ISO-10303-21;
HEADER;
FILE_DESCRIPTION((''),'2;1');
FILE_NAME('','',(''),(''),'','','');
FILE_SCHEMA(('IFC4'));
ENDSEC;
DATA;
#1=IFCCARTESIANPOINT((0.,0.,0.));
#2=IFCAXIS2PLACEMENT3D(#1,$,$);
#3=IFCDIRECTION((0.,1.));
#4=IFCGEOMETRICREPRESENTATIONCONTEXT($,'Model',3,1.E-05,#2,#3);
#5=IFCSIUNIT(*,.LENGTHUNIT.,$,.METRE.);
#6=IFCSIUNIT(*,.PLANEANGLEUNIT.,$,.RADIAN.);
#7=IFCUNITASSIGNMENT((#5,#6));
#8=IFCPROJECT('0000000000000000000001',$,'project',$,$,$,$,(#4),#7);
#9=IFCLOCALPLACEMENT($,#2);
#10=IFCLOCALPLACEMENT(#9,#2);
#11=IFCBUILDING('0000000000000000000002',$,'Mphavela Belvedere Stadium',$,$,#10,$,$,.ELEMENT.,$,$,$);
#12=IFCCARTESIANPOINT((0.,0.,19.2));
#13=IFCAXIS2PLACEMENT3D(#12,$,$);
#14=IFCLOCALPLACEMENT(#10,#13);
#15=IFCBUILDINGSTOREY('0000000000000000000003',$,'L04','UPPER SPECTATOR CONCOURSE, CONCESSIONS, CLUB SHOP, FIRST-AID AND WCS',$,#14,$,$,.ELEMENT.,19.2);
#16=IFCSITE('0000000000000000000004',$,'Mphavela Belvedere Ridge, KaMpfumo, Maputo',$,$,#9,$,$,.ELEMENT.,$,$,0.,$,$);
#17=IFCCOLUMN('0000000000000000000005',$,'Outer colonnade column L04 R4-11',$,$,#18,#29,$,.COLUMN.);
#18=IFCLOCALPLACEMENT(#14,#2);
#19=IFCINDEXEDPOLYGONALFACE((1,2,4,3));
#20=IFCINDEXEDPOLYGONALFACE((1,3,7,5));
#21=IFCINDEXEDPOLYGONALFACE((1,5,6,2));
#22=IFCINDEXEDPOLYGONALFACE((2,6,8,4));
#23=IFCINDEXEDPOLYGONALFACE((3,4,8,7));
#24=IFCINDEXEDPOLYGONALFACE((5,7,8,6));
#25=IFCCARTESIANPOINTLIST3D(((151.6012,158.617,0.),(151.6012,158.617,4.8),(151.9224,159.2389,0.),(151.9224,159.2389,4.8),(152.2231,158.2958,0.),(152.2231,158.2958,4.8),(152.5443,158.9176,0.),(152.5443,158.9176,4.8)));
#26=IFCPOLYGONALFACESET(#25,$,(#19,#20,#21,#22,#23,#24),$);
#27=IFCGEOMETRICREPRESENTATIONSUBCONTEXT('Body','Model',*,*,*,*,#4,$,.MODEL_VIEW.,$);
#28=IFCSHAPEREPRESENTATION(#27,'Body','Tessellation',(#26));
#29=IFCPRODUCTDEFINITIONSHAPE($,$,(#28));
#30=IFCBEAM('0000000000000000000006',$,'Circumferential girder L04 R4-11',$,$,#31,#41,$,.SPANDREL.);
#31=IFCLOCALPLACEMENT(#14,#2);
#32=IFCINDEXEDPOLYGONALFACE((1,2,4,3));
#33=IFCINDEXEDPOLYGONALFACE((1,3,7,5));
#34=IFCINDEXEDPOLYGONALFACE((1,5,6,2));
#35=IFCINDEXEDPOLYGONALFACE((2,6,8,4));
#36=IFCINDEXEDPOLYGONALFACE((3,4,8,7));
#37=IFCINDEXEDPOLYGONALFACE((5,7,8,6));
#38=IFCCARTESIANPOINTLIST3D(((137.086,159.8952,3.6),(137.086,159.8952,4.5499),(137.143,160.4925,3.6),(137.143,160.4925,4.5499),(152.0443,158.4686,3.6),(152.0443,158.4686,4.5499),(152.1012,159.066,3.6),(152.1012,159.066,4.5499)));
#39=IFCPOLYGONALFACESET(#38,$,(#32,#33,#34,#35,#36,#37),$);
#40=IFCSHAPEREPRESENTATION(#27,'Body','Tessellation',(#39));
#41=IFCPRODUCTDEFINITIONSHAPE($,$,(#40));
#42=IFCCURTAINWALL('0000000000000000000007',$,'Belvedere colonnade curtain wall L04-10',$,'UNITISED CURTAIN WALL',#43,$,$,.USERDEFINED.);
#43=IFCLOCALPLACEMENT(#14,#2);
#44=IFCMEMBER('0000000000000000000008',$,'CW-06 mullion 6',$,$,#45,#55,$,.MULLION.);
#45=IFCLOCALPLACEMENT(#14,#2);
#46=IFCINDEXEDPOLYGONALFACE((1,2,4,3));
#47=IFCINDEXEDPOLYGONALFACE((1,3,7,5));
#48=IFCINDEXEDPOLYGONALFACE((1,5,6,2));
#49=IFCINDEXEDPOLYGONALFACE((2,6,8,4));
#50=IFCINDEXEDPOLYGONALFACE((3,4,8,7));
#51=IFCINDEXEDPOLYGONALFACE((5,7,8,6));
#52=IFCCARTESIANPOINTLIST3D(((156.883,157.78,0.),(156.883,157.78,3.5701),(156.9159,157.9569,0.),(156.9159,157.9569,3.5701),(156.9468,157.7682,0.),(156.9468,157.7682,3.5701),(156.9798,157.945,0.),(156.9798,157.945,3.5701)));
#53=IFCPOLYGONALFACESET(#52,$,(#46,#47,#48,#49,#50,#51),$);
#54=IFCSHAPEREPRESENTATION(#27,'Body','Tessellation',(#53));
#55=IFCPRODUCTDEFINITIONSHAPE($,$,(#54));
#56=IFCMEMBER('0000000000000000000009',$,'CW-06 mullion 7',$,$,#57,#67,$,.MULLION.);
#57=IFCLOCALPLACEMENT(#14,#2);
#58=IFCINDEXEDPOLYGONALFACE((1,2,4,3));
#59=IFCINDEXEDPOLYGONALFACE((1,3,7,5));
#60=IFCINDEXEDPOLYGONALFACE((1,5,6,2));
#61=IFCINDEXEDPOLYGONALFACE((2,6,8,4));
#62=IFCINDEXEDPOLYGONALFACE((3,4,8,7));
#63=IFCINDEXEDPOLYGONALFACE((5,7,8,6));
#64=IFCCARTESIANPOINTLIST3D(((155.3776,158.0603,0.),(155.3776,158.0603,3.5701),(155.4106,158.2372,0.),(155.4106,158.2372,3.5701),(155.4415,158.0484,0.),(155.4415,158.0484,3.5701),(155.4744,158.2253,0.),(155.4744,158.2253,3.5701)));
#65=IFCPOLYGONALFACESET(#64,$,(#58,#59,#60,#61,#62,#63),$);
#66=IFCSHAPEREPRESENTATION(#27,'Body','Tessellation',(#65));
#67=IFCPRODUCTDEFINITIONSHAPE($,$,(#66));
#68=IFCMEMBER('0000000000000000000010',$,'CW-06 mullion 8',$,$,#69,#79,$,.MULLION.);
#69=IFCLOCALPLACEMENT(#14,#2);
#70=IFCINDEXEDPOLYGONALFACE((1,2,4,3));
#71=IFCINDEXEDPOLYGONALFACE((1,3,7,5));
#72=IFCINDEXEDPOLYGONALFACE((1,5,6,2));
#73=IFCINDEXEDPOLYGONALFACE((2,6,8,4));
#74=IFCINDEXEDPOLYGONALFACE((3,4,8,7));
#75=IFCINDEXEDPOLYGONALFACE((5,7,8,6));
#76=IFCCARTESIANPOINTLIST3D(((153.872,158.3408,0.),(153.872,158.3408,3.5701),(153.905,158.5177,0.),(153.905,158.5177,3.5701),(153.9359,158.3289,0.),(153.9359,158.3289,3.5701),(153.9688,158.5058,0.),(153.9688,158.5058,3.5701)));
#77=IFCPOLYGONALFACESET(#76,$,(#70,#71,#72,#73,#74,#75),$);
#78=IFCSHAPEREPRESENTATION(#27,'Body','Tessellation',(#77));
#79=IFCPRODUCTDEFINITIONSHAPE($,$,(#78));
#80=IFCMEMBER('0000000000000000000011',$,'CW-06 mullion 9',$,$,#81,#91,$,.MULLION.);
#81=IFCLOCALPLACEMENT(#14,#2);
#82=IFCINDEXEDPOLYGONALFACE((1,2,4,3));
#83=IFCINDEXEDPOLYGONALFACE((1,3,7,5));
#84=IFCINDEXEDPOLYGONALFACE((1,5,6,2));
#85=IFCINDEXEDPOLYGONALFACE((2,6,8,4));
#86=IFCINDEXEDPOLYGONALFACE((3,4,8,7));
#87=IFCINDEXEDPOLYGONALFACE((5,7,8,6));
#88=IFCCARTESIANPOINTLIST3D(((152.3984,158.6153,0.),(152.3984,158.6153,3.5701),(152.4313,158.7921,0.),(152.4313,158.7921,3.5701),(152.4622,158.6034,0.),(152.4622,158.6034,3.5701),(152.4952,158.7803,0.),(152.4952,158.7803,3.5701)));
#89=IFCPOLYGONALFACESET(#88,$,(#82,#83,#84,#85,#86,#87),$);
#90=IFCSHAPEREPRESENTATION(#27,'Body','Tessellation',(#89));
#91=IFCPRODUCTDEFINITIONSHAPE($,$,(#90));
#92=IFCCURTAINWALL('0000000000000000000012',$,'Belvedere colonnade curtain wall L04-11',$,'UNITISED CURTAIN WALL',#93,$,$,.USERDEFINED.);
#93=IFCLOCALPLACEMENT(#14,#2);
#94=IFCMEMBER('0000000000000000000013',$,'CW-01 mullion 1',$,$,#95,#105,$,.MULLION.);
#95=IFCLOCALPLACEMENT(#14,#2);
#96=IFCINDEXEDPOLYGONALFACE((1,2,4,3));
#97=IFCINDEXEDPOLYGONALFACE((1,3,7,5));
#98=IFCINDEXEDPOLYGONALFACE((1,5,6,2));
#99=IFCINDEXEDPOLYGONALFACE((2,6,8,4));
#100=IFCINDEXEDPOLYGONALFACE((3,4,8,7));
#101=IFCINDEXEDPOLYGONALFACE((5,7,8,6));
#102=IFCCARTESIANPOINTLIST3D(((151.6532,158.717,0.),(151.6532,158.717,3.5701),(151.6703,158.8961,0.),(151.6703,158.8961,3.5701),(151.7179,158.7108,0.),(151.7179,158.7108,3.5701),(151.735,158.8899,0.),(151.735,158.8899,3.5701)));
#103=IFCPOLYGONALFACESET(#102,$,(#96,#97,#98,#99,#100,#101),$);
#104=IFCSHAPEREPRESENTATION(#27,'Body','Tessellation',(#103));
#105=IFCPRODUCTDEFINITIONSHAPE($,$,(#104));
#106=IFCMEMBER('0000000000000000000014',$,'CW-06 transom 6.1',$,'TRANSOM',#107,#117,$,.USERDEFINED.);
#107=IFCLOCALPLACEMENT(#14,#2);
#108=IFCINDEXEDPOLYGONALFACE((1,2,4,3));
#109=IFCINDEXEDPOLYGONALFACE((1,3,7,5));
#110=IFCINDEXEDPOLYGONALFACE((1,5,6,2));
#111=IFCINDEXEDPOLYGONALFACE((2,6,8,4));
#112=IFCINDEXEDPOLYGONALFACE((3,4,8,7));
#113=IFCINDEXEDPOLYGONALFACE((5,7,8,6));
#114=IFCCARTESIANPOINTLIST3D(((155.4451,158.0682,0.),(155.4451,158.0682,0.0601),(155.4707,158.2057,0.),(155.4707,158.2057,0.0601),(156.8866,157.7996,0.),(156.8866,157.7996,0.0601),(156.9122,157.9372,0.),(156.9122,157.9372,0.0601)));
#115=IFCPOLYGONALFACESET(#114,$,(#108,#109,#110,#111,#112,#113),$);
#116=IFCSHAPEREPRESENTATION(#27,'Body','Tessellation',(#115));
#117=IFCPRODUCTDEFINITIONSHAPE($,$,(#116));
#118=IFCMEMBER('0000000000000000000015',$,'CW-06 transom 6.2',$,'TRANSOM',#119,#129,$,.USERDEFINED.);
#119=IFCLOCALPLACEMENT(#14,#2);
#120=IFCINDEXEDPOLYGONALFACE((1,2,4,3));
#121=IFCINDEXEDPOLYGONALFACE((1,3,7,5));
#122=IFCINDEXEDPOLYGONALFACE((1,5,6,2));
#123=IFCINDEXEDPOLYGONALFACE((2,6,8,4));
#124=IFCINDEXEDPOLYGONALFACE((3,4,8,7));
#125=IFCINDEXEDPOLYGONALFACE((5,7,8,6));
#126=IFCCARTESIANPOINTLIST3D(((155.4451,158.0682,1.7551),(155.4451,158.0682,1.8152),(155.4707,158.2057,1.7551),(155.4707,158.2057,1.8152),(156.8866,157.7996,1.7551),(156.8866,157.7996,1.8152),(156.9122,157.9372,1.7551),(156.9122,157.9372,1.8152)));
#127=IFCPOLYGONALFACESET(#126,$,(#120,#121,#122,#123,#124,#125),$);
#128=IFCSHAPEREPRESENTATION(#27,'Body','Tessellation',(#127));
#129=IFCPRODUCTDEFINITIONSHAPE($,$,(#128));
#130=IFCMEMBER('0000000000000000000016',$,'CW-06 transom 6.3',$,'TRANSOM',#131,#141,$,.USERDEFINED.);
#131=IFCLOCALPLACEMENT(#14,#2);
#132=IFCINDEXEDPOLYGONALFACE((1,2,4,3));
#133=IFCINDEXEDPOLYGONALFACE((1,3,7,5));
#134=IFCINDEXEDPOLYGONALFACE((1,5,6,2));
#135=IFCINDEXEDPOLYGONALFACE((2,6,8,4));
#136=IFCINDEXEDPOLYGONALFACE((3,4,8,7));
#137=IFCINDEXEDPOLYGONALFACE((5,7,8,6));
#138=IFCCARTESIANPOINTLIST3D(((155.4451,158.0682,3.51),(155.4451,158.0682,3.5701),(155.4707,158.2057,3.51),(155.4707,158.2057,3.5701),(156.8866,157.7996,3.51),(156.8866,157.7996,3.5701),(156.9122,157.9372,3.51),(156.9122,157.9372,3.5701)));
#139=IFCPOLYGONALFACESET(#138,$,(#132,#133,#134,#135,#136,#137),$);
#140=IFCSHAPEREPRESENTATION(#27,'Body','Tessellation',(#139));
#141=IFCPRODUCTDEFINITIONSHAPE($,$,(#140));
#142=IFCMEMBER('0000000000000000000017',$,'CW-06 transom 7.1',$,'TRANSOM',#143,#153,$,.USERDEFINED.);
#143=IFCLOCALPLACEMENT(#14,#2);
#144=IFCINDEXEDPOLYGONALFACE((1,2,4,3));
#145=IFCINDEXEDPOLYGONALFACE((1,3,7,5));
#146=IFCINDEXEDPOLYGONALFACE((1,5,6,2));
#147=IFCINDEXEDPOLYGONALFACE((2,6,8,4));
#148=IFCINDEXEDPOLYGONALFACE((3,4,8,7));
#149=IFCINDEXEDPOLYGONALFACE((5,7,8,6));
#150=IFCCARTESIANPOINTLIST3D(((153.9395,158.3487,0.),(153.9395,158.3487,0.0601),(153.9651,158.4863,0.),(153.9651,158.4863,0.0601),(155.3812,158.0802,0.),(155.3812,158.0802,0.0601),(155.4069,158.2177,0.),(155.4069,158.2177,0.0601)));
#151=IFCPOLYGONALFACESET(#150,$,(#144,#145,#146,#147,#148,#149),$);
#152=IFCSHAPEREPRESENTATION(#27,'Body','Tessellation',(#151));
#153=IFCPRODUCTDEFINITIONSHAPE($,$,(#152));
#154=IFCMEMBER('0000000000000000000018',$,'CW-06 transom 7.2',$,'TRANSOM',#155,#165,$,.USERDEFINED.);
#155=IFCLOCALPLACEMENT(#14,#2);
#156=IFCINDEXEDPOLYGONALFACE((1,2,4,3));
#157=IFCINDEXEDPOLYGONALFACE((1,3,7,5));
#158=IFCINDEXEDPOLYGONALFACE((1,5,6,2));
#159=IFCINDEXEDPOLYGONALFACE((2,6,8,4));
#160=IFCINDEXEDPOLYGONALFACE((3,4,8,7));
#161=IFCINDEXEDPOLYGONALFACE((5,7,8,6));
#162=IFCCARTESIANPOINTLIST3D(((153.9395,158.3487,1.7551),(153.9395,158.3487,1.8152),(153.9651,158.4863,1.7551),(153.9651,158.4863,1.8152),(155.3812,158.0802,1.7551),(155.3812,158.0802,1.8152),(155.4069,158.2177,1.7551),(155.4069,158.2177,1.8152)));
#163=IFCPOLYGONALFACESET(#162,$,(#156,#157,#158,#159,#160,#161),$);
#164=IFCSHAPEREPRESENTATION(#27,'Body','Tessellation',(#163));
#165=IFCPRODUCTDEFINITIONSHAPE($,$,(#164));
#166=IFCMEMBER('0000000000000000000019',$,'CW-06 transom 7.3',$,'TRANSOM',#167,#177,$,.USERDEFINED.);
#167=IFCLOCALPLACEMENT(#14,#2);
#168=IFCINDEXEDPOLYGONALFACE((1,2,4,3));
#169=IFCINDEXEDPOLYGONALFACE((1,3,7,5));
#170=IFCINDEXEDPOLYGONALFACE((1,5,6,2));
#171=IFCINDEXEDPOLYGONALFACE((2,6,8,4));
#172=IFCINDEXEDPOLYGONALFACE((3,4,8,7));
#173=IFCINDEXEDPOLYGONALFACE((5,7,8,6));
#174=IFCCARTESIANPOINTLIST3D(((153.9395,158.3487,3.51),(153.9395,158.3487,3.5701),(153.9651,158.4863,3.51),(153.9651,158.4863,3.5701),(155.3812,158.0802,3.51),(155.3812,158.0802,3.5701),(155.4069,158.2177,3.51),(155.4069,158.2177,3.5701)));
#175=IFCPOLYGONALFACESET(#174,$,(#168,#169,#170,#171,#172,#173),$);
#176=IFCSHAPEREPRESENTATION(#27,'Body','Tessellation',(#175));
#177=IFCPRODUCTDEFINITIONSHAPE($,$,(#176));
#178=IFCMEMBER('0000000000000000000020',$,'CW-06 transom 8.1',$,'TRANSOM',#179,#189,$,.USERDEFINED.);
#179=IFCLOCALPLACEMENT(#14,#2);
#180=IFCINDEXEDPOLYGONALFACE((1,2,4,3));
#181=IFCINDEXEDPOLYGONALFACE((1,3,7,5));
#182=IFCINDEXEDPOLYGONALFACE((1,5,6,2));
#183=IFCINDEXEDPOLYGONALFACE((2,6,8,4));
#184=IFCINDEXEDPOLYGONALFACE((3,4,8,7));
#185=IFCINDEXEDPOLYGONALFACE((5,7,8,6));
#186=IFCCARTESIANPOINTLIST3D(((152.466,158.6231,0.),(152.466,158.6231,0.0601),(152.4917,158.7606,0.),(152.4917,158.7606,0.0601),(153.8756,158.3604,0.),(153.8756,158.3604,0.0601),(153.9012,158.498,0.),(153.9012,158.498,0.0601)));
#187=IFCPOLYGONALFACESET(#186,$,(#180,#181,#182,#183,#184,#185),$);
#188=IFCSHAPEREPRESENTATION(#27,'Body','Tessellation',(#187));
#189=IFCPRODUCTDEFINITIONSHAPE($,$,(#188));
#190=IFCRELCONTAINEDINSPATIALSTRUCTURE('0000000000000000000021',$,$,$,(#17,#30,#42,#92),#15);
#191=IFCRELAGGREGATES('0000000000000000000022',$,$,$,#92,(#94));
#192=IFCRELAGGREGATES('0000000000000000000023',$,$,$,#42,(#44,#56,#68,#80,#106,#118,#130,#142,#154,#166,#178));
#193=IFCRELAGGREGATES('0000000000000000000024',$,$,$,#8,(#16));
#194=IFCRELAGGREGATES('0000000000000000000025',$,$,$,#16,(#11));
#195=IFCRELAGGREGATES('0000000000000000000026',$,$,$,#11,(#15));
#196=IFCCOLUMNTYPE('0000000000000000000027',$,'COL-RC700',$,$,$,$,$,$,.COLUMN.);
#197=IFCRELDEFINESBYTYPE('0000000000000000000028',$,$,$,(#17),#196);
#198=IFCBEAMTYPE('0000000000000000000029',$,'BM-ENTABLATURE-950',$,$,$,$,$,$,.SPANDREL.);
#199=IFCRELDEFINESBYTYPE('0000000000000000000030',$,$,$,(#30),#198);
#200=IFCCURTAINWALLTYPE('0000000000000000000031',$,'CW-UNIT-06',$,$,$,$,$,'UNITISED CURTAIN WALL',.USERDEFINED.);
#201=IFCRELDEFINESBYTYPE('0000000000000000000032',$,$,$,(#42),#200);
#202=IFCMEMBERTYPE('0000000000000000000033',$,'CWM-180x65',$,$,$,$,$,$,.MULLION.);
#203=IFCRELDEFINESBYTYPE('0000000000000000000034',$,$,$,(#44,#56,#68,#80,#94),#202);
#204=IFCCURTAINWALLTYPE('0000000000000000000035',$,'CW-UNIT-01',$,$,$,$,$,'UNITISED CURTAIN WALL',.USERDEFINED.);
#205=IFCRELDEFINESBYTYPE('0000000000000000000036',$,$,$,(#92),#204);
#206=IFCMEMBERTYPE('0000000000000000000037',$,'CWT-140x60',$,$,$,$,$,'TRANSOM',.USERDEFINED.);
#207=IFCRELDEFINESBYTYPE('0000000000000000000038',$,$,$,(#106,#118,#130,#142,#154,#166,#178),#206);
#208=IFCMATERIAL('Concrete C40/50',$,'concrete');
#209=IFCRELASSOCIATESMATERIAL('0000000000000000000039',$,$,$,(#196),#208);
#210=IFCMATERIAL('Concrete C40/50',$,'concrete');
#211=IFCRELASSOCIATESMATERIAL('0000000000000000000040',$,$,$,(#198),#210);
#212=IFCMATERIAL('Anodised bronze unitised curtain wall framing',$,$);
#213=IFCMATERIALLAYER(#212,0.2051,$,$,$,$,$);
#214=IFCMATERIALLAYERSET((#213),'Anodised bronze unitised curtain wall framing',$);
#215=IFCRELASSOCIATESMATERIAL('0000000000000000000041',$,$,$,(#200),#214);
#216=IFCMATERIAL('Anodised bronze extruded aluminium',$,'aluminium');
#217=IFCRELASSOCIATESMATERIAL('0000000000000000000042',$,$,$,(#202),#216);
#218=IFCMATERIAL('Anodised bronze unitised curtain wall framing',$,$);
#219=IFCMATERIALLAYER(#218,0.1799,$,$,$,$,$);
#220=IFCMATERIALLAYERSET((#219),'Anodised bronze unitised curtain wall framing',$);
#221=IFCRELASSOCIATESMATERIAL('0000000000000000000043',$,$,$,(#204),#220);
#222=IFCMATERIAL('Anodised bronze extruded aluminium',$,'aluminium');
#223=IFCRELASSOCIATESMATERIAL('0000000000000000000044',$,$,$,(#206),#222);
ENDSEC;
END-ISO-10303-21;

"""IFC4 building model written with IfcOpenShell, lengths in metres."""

from ifc_helpers import new_model, si_unit, direction, frame, origin, origin_2d, place, context, subcontext, project, spatial, rectangle, extrude, material, layer, layer_set, material_profile, profile_set, type_object, element, aggregate, save


model = new_model("IFC4")

# Units and contexts
model_context = context("Model", 3, precision=1e-05, world=origin(), true_north=direction((0.0, 1.0)))
body_context = subcontext(model_context, "Body", "Model", "MODEL_VIEW")
ifc_project = project(units=[si_unit("LENGTHUNIT", "METRE"), si_unit("PLANEANGLEUNIT", "RADIAN")], contexts=[model_context])

# Site, building, storey
site_placement = place(None, origin())
site = spatial("IfcSite", under=ifc_project, at=site_placement, Name="Mphavela Belvedere Ridge, KaMpfumo, Maputo", CompositionType="ELEMENT", RefElevation=0.0)
building_placement = place(site_placement, origin())
building = spatial("IfcBuilding", under=site, at=building_placement, Name="Mphavela Belvedere Stadium", CompositionType="ELEMENT")
storey_placement = place(building_placement, frame((0.0, 0.0, 19.2)))
storey = spatial("IfcBuildingStorey", under=building, at=storey_placement, Name="L04", Description="UPPER SPECTATOR CONCOURSE, CONCESSIONS, CLUB SHOP, FIRST-AID AND WCS", CompositionType="ELEMENT", Elevation=19.2)

# Column
ifc_material_1 = material(Name="Concrete C40/50", Category="concrete")
ifc_material_profile_1 = material_profile(ifc_material_1, rectangle(XDim=0.7, YDim=0.7, at=origin_2d()), Name="RC 700x700")
ifc_profile_set_1 = profile_set([ifc_material_profile_1], Name="Concrete C40/50")
column_type = type_object("IfcColumnType", Name="COL-RC700", PredefinedType="COLUMN", material=ifc_profile_set_1)
column_placement = place(storey_placement, frame((152.0728, 158.7673, 0.0), z_axis=(0.0, 0.0, 1.0), x_axis=(0.45896, 0.888457, 0.0)))
element("IfcColumn", 1, at=column_placement, inside=storey, type_object=column_type, Name="Outer colonnade column L04 R4-11", PredefinedType="COLUMN", context=body_context, shape_type="SweptSolid", body=[
    extrude(rectangle(XDim=0.7, YDim=0.7, at=origin_2d()), origin(), (0.0, 0.0, 1.0), 4.8),
])

# Beam
ifc_material_2 = material(Name="Concrete C40/50", Category="concrete")
ifc_material_profile_2 = material_profile(ifc_material_2, rectangle(XDim=0.6001, YDim=0.95, at=origin_2d()), Name="RC 600x950")
ifc_profile_set_2 = profile_set([ifc_material_profile_2], Name="Concrete C40/50")
beam_type = type_object("IfcBeamType", Name="BM-ENTABLATURE-950", PredefinedType="SPANDREL", material=ifc_profile_set_2)
beam_placement = place(storey_placement, frame((152.0728, 158.7673, 4.075), z_axis=(-0.995483, 0.094936, 0.0), x_axis=(-0.094936, -0.995483, 0.0)))
element("IfcBeam", 2, at=beam_placement, inside=storey, type_object=beam_type, Name="Circumferential girder L04 R4-11", PredefinedType="SPANDREL", context=body_context, shape_type="SweptSolid", body=[
    extrude(rectangle(XDim=0.6001, YDim=0.95, at=origin_2d()), origin(), (0.0, 0.0, 1.0), 15.0261),
])

# Curtain wall, members
ifc_material_3 = material(Name="Anodised bronze unitised curtain wall framing")
ifc_layer_1 = layer(ifc_material_3, 0.2051)
ifc_layer_set_1 = layer_set([ifc_layer_1], Name="Anodised bronze unitised curtain wall framing")
curtain_wall_type_1 = type_object("IfcCurtainWallType", Name="CW-UNIT-06", ElementType="UNITISED CURTAIN WALL", PredefinedType="USERDEFINED", material=ifc_layer_set_1)
curtain_wall_1_placement = place(storey_placement, origin())
curtain_wall_1 = element("IfcCurtainWall", 3, at=curtain_wall_1_placement, inside=storey, type_object=curtain_wall_type_1, Name="Belvedere colonnade curtain wall L04-10", ObjectType="UNITISED CURTAIN WALL", PredefinedType="USERDEFINED")
ifc_material_4 = material(Name="Anodised bronze extruded aluminium", Category="aluminium")
ifc_material_profile_3 = material_profile(ifc_material_4, rectangle(XDim=0.1799, YDim=0.0649, at=origin_2d()), Name="CW-MUL 180x65")
ifc_profile_set_3 = profile_set([ifc_material_profile_3], Name="Anodised bronze extruded aluminium")
member_type_1 = type_object("IfcMemberType", Name="CWM-180x65", PredefinedType="MULLION", material=ifc_profile_set_3)
member_1_placement = place(storey_placement, frame((156.9314, 157.8625, 0.0), z_axis=(0.0, 0.0, 1.0), x_axis=(-0.183091, -0.983096, 0.0)))
member_1 = element("IfcMember", 4, at=member_1_placement, type_object=member_type_1, Name="CW-06 mullion 6", PredefinedType="MULLION", context=body_context, shape_type="SweptSolid", body=[
    extrude(rectangle(XDim=0.1799, YDim=0.0649, at=origin_2d()), origin(), (0.0, 0.0, 1.0), 3.5701),
])
member_2_placement = place(storey_placement, frame((155.426, 158.1428, 0.0), z_axis=(0.0, 0.0, 1.0), x_axis=(-0.183091, -0.983096, 0.0)))
member_2 = element("IfcMember", 5, at=member_2_placement, type_object=member_type_1, Name="CW-06 mullion 7", PredefinedType="MULLION", context=body_context, shape_type="SweptSolid", body=[
    extrude(rectangle(XDim=0.1799, YDim=0.0649, at=origin_2d()), origin(), (0.0, 0.0, 1.0), 3.5701),
])
member_3_placement = place(storey_placement, frame((153.9204, 158.4233, 0.0), z_axis=(0.0, 0.0, 1.0), x_axis=(-0.183091, -0.983096, 0.0)))
member_3 = element("IfcMember", 6, at=member_3_placement, type_object=member_type_1, Name="CW-06 mullion 8", PredefinedType="MULLION", context=body_context, shape_type="SweptSolid", body=[
    extrude(rectangle(XDim=0.1799, YDim=0.0649, at=origin_2d()), origin(), (0.0, 0.0, 1.0), 3.5701),
])
member_4_placement = place(storey_placement, frame((152.4468, 158.6978, 0.0), z_axis=(0.0, 0.0, 1.0), x_axis=(-0.183091, -0.983096, 0.0)))
member_4 = element("IfcMember", 7, at=member_4_placement, type_object=member_type_1, Name="CW-06 mullion 9", PredefinedType="MULLION", context=body_context, shape_type="SweptSolid", body=[
    extrude(rectangle(XDim=0.1799, YDim=0.0649, at=origin_2d()), origin(), (0.0, 0.0, 1.0), 3.5701),
])

# Curtain wall, member
ifc_material_5 = material(Name="Anodised bronze unitised curtain wall framing")
ifc_layer_2 = layer(ifc_material_5, 0.1799)
ifc_layer_set_2 = layer_set([ifc_layer_2], Name="Anodised bronze unitised curtain wall framing")
curtain_wall_type_2 = type_object("IfcCurtainWallType", Name="CW-UNIT-01", ElementType="UNITISED CURTAIN WALL", PredefinedType="USERDEFINED", material=ifc_layer_set_2)
curtain_wall_2_placement = place(storey_placement, origin())
curtain_wall_2 = element("IfcCurtainWall", 8, at=curtain_wall_2_placement, inside=storey, type_object=curtain_wall_type_2, Name="Belvedere colonnade curtain wall L04-11", ObjectType="UNITISED CURTAIN WALL", PredefinedType="USERDEFINED")
member_5_placement = place(storey_placement, frame((151.6941, 158.8035, 0.0), z_axis=(0.0, 0.0, 1.0), x_axis=(-0.094933, -0.995484, 0.0)))
member_5 = element("IfcMember", 9, at=member_5_placement, type_object=member_type_1, Name="CW-01 mullion 1", PredefinedType="MULLION", context=body_context, shape_type="SweptSolid", body=[
    extrude(rectangle(XDim=0.1799, YDim=0.0649, at=origin_2d()), origin(), (0.0, 0.0, 1.0), 3.5701),
])

# Members
ifc_material_6 = material(Name="Anodised bronze extruded aluminium", Category="aluminium")
ifc_material_profile_4 = material_profile(ifc_material_6, rectangle(XDim=0.1399, YDim=0.0601, at=origin_2d()), Name="CW-TRN 140x60")
ifc_profile_set_4 = profile_set([ifc_material_profile_4], Name="Anodised bronze extruded aluminium")
member_type_2 = type_object("IfcMemberType", Name="CWT-140x60", ElementType="TRANSOM", PredefinedType="USERDEFINED", material=ifc_profile_set_4)
member_6_placement = place(storey_placement, frame((156.8994, 157.8684, 0.03), z_axis=(-0.983083, 0.183162, 0.0), x_axis=(-0.183162, -0.983083, 0.0)))
member_6 = element("IfcMember", 10, at=member_6_placement, type_object=member_type_2, Name="CW-06 transom 6.1", ObjectType="TRANSOM", PredefinedType="USERDEFINED", context=body_context, shape_type="SweptSolid", body=[
    extrude(rectangle(XDim=0.1399, YDim=0.0601, at=origin_2d()), origin(), (0.0, 0.0, 1.0), 1.4663),
])
member_7_placement = place(storey_placement, frame((156.8994, 157.8684, 1.7852), z_axis=(-0.983083, 0.183162, 0.0), x_axis=(-0.183162, -0.983083, 0.0)))
member_7 = element("IfcMember", 11, at=member_7_placement, type_object=member_type_2, Name="CW-06 transom 6.2", ObjectType="TRANSOM", PredefinedType="USERDEFINED", context=body_context, shape_type="SweptSolid", body=[
    extrude(rectangle(XDim=0.1399, YDim=0.0601, at=origin_2d()), origin(), (0.0, 0.0, 1.0), 1.4663),
])
member_8_placement = place(storey_placement, frame((156.8994, 157.8684, 3.54), z_axis=(-0.983083, 0.183162, 0.0), x_axis=(-0.183162, -0.983083, 0.0)))
member_8 = element("IfcMember", 12, at=member_8_placement, type_object=member_type_2, Name="CW-06 transom 6.3", ObjectType="TRANSOM", PredefinedType="USERDEFINED", context=body_context, shape_type="SweptSolid", body=[
    extrude(rectangle(XDim=0.1399, YDim=0.0601, at=origin_2d()), origin(), (0.0, 0.0, 1.0), 1.4663),
])
member_9_placement = place(storey_placement, frame((155.394, 158.1489, 0.03), z_axis=(-0.983088, 0.183132, 0.0), x_axis=(-0.183132, -0.983088, 0.0)))
member_9 = element("IfcMember", 13, at=member_9_placement, type_object=member_type_2, Name="CW-06 transom 7.1", ObjectType="TRANSOM", PredefinedType="USERDEFINED", context=body_context, shape_type="SweptSolid", body=[
    extrude(rectangle(XDim=0.1399, YDim=0.0601, at=origin_2d()), origin(), (0.0, 0.0, 1.0), 1.4666),
])
member_10_placement = place(storey_placement, frame((155.394, 158.1489, 1.7852), z_axis=(-0.983088, 0.183132, 0.0), x_axis=(-0.183132, -0.983088, 0.0)))
member_10 = element("IfcMember", 14, at=member_10_placement, type_object=member_type_2, Name="CW-06 transom 7.2", ObjectType="TRANSOM", PredefinedType="USERDEFINED", context=body_context, shape_type="SweptSolid", body=[
    extrude(rectangle(XDim=0.1399, YDim=0.0601, at=origin_2d()), origin(), (0.0, 0.0, 1.0), 1.4666),
])
member_11_placement = place(storey_placement, frame((155.394, 158.1489, 3.54), z_axis=(-0.983088, 0.183132, 0.0), x_axis=(-0.183132, -0.983088, 0.0)))
member_11 = element("IfcMember", 15, at=member_11_placement, type_object=member_type_2, Name="CW-06 transom 7.3", ObjectType="TRANSOM", PredefinedType="USERDEFINED", context=body_context, shape_type="SweptSolid", body=[
    extrude(rectangle(XDim=0.1399, YDim=0.0601, at=origin_2d()), origin(), (0.0, 0.0, 1.0), 1.4666),
])
member_12_placement = place(storey_placement, frame((153.8884, 158.4292, 0.03), z_axis=(-0.983076, 0.183199, 0.0), x_axis=(-0.183199, -0.983076, 0.0)))
member_12 = element("IfcMember", 16, at=member_12_placement, type_object=member_type_2, Name="CW-06 transom 8.1", ObjectType="TRANSOM", PredefinedType="USERDEFINED", context=body_context, shape_type="SweptSolid", body=[
    extrude(rectangle(XDim=0.1399, YDim=0.0601, at=origin_2d()), origin(), (0.0, 0.0, 1.0), 1.4338),
])
aggregate(curtain_wall_2, [member_5])

aggregate(curtain_wall_1, [member_1, member_2, member_3, member_4, member_6, member_7, member_8, member_9, member_10, member_11, member_12])

save(model, "model.ifc")
